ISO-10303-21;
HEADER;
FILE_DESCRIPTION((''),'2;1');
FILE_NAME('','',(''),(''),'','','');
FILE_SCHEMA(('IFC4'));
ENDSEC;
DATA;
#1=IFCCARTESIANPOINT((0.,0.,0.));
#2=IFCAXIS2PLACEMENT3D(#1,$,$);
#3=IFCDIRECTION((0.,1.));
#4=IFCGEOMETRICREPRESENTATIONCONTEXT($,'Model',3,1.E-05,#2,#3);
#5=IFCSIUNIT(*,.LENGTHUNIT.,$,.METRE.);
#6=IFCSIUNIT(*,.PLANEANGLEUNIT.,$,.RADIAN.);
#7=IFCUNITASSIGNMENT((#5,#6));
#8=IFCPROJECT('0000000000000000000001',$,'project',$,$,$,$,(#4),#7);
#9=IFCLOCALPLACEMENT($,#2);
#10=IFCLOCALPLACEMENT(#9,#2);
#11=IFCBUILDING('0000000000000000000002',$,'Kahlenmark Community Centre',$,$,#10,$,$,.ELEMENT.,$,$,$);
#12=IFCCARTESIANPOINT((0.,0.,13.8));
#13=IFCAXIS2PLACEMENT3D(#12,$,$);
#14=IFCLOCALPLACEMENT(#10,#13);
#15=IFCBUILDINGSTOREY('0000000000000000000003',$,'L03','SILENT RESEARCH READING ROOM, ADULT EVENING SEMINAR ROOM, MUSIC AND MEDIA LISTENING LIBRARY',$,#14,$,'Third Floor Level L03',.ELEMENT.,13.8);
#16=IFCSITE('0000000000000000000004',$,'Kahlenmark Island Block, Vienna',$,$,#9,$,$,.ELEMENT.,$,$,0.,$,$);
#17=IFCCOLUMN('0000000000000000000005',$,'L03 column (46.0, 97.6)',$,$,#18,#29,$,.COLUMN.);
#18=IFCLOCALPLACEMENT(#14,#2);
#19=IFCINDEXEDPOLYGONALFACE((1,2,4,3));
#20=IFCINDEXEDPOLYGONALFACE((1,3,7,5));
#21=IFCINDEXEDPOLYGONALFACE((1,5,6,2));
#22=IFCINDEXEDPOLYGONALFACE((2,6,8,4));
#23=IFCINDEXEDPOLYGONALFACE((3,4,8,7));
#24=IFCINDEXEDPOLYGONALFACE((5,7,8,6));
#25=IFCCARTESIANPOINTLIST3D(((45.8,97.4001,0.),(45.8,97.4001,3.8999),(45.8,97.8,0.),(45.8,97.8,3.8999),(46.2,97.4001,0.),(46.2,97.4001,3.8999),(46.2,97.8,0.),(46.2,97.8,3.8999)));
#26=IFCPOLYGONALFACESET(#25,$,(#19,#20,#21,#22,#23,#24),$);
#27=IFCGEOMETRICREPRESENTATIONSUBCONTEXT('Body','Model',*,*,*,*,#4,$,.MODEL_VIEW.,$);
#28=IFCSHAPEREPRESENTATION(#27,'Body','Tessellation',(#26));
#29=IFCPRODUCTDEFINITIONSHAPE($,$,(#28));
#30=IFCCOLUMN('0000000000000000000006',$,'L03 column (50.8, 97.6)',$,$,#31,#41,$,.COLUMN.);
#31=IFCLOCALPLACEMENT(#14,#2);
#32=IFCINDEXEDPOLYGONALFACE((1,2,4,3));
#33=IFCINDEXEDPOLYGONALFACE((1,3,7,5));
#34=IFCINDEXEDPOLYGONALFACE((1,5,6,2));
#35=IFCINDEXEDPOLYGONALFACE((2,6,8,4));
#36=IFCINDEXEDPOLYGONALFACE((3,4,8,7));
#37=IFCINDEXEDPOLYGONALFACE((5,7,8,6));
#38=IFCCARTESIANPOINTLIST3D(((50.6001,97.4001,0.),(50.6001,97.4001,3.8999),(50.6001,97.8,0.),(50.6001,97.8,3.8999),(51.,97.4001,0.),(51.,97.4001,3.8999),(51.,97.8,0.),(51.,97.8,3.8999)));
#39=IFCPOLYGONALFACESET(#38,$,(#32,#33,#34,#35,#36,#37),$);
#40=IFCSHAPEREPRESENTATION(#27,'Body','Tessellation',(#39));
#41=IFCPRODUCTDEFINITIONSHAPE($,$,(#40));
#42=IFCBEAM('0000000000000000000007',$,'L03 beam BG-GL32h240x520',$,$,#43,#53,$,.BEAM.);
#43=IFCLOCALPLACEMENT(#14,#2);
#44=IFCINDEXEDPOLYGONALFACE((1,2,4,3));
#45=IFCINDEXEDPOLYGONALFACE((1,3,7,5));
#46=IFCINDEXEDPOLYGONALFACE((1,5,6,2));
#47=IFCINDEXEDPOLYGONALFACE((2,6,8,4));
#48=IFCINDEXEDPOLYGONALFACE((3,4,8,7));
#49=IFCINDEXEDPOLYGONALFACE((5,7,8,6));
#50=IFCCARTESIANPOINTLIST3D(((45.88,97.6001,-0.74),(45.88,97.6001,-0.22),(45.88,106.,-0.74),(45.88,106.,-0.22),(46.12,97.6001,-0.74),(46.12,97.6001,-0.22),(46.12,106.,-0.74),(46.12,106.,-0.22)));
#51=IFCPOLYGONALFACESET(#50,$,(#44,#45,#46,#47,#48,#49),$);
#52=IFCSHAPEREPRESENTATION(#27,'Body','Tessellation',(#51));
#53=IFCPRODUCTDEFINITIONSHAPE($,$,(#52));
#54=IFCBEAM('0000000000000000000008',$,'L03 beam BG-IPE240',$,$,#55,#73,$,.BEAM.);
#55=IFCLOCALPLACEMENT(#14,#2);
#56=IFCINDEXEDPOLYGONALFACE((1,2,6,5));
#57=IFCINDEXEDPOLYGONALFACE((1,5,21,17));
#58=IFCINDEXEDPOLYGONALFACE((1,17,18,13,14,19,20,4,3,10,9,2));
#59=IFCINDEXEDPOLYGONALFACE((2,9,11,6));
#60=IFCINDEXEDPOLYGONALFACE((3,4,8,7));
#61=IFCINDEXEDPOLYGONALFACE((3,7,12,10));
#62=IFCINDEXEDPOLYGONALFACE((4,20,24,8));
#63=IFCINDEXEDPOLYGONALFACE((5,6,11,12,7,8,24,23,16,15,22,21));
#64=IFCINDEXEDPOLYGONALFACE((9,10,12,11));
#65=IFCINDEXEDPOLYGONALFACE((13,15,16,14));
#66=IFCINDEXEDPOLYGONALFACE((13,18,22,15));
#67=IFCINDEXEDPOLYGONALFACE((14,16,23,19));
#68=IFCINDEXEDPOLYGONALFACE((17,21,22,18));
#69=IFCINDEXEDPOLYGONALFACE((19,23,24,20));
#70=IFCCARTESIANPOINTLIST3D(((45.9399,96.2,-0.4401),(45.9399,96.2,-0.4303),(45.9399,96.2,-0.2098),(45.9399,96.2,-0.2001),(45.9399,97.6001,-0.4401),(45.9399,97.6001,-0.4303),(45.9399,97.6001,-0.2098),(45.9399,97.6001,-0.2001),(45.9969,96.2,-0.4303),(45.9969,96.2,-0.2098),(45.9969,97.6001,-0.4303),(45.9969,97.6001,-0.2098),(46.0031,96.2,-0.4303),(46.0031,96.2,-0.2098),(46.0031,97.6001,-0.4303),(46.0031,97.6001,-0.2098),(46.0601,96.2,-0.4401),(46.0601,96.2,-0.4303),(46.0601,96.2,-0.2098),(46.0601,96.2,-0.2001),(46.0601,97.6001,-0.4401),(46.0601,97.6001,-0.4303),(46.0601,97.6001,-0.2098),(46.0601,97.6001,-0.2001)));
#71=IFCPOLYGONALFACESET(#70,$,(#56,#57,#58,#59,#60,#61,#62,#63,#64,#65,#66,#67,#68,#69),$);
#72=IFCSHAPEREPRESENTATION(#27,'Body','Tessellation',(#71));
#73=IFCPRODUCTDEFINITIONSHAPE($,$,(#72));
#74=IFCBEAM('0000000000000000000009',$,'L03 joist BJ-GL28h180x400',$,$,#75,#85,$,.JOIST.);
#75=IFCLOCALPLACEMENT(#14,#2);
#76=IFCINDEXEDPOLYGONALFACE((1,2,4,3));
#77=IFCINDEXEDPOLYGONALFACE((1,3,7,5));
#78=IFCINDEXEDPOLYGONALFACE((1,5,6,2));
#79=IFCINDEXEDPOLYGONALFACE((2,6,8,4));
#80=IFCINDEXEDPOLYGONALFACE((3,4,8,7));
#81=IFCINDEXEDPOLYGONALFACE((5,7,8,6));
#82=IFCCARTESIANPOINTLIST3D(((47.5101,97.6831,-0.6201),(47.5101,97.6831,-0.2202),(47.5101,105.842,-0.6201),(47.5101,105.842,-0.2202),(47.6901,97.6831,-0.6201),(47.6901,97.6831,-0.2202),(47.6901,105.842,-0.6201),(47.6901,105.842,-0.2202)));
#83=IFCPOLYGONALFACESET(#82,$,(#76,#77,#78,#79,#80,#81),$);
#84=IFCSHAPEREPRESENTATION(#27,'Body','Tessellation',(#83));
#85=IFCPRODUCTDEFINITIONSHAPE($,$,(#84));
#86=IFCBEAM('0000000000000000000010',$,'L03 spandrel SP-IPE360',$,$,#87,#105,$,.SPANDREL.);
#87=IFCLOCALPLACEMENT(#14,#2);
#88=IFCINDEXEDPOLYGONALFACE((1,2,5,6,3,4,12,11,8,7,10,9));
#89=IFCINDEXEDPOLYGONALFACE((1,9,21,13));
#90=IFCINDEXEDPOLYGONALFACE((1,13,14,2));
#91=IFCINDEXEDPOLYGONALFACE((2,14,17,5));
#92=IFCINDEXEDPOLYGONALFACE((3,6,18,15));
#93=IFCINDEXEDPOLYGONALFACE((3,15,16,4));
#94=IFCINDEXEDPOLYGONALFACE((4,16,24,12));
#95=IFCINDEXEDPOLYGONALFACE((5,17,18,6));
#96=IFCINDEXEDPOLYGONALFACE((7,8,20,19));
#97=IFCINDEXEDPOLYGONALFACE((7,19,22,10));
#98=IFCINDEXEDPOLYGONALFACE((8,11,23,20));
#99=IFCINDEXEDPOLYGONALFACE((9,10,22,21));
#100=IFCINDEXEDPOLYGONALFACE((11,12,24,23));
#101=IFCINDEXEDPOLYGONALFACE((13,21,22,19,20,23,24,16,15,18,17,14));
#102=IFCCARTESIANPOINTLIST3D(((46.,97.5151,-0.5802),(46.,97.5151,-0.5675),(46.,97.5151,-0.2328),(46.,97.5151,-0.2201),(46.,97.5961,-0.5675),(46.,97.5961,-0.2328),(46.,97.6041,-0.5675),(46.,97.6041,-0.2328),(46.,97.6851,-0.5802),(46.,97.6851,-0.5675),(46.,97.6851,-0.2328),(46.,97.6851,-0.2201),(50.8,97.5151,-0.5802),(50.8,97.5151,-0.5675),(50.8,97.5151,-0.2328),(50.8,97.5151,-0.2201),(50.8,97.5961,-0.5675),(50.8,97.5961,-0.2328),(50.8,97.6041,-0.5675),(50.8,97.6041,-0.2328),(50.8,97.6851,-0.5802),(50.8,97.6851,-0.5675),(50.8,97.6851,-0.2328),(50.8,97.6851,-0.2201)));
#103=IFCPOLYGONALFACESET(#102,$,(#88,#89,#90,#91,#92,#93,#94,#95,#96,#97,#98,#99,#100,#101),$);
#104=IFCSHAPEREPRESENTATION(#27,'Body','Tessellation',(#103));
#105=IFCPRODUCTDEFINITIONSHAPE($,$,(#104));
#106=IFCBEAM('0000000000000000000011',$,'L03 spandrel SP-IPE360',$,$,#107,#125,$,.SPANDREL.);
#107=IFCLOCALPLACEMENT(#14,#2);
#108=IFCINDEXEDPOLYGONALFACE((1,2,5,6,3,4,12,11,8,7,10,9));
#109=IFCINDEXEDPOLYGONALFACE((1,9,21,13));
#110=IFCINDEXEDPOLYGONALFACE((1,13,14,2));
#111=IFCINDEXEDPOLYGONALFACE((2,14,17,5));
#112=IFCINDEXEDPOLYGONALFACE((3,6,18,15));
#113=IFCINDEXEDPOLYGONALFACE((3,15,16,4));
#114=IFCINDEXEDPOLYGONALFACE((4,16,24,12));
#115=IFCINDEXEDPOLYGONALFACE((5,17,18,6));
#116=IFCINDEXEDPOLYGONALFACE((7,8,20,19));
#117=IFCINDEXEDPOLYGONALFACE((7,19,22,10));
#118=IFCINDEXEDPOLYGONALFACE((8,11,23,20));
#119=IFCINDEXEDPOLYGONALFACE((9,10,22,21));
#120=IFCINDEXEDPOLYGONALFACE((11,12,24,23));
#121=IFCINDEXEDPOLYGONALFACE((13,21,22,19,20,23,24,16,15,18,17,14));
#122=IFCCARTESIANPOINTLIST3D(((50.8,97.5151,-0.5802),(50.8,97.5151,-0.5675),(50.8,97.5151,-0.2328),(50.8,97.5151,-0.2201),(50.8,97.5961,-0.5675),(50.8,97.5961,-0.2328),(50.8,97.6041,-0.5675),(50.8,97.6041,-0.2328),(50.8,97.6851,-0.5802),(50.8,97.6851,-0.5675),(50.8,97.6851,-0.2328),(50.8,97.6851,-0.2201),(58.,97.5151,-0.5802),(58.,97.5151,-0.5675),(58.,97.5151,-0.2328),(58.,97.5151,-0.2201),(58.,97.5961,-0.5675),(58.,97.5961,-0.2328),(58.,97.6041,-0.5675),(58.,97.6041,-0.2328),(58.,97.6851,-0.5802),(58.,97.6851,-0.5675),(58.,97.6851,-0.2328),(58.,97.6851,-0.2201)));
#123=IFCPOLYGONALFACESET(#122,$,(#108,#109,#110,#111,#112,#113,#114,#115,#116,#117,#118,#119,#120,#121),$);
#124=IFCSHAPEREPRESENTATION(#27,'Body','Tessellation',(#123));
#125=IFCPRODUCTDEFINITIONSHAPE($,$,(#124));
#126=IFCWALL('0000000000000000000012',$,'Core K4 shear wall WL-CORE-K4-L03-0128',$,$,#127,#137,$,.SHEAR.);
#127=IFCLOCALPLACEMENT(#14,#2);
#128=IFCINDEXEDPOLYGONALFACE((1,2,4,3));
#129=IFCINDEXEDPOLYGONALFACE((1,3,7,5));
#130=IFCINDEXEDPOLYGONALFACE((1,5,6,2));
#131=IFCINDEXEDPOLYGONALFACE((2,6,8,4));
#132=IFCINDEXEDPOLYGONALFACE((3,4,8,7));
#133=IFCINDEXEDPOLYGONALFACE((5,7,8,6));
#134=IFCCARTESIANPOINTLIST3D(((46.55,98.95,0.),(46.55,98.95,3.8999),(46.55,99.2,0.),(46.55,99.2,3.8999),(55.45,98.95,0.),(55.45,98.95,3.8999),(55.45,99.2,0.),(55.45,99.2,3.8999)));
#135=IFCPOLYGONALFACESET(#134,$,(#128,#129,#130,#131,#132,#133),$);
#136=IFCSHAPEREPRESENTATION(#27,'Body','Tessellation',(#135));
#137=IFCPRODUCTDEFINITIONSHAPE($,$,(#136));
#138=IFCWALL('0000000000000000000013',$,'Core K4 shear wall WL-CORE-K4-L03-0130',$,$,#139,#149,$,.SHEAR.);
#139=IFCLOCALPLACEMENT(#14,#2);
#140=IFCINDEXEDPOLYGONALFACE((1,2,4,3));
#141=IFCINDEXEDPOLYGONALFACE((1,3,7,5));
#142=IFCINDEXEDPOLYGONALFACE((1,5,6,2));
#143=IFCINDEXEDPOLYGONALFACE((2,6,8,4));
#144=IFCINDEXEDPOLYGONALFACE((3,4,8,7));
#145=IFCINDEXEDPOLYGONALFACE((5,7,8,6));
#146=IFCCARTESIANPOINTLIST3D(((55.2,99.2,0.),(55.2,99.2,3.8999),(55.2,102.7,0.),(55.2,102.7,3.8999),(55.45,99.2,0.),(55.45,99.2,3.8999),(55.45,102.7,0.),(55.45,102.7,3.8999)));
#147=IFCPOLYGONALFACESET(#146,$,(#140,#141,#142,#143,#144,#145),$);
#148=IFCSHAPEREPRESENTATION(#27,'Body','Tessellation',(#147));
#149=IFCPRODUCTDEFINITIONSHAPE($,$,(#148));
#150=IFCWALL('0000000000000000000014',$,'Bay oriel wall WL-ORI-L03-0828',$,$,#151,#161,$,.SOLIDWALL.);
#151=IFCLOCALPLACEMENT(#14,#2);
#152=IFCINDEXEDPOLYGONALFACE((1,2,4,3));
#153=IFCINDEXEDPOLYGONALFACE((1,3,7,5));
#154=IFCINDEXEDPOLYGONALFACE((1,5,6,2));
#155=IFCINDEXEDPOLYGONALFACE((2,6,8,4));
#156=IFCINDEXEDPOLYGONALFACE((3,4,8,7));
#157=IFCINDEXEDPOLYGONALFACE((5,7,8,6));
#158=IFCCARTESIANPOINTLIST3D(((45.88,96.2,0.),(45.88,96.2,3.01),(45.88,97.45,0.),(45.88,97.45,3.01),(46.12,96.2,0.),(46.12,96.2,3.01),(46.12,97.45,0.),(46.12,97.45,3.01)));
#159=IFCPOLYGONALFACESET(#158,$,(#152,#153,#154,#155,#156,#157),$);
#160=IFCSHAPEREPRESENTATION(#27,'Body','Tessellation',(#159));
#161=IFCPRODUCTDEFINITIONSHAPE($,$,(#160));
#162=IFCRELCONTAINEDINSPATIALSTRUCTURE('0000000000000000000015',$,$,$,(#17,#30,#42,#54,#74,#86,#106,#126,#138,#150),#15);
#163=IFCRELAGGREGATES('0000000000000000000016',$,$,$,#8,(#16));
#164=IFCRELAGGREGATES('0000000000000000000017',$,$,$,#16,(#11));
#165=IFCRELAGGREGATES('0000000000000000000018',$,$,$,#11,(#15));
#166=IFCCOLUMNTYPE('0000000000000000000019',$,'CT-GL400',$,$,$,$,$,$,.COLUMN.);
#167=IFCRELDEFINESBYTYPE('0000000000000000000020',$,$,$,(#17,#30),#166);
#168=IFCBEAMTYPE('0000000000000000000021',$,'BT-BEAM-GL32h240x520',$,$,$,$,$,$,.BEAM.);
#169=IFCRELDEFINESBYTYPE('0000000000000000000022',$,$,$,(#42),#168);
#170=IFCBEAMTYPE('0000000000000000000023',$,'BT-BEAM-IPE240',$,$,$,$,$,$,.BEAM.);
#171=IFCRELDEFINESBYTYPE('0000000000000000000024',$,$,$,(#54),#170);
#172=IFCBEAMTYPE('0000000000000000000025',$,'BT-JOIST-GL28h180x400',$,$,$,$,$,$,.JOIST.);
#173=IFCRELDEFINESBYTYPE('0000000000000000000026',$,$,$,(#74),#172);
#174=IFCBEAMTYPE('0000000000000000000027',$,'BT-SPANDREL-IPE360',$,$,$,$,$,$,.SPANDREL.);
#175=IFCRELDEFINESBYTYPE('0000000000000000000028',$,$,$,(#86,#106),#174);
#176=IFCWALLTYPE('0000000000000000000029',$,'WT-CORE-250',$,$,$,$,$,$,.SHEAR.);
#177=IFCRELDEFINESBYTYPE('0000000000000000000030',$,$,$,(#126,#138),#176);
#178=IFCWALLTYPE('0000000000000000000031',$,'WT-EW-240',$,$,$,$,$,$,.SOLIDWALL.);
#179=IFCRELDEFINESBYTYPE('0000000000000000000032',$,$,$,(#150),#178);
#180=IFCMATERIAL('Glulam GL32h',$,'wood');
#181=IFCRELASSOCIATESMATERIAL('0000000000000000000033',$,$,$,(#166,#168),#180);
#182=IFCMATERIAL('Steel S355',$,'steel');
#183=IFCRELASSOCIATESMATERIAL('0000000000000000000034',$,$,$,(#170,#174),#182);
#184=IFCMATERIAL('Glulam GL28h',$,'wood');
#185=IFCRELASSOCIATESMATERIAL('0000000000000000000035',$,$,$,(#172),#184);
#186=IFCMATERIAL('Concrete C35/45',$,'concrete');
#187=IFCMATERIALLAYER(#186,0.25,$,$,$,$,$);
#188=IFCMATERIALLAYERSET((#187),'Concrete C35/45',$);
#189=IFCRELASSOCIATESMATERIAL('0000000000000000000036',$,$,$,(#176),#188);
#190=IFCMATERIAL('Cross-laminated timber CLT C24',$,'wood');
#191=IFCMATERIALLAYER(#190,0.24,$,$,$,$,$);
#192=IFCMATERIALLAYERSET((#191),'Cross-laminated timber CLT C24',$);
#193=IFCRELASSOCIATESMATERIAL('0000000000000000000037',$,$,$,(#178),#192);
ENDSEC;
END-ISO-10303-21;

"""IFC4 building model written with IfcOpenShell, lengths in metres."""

from ifc_helpers import new_model, si_unit, direction, frame, frame_2d, origin, origin_2d, place, context, subcontext, project, spatial, rectangle, i_section, extrude, material, layer, layer_set, material_profile, profile_set, type_object, element, save


model = new_model("IFC4")

# Units and contexts
model_context = context("Model", 3, precision=1e-05, world=origin(), true_north=direction((0.0, 1.0)))
body_context = subcontext(model_context, "Body", "Model", "MODEL_VIEW")
ifc_project = project(units=[si_unit("LENGTHUNIT", "METRE"), si_unit("PLANEANGLEUNIT", "RADIAN")], contexts=[model_context])

# Site, building, storey
site_placement = place(None, origin())
site = spatial("IfcSite", under=ifc_project, at=site_placement, Name="Kahlenmark Island Block, Vienna", CompositionType="ELEMENT", RefElevation=0.0)
building_placement = place(site_placement, origin())
building = spatial("IfcBuilding", under=site, at=building_placement, Name="Kahlenmark Community Centre", CompositionType="ELEMENT")
storey_placement = place(building_placement, frame((0.0, 0.0, 13.8)))
storey = spatial("IfcBuildingStorey", under=building, at=storey_placement, Name="L03", Description="SILENT RESEARCH READING ROOM, ADULT EVENING SEMINAR ROOM, MUSIC AND MEDIA LISTENING LIBRARY", LongName="Third Floor Level L03", CompositionType="ELEMENT", Elevation=13.8)

# Columns
ifc_material_1 = material(Name="Glulam GL32h", Category="wood")
ifc_material_profile_1 = material_profile(ifc_material_1, rectangle(XDim=0.3999, YDim=0.3999, at=origin_2d()), Name="GL32h 400x400")
ifc_profile_set_1 = profile_set([ifc_material_profile_1], Name="Glulam GL32h")
column_type = type_object("IfcColumnType", Name="CT-GL400", PredefinedType="COLUMN", material=ifc_profile_set_1)
for number, where, z_axis, x_axis, name in (
    (1, (46.0, 97.6001, 0.0), (0.0, 0.0, 1.0), (1.0, 0.0, 0.0), "L03 column (46.0, 97.6)"),
    (2, (50.8, 97.6001, 0.0), (0.0, 0.0, 1.0), (1.0, 0.0, 0.0), "L03 column (50.8, 97.6)"),
):
    element("IfcColumn", number, at=place(storey_placement, frame(where, z_axis=z_axis, x_axis=x_axis)), inside=storey, type_object=column_type, Name=name, PredefinedType="COLUMN", context=body_context, shape_type="SweptSolid", body=[
        extrude(rectangle(XDim=0.3999, YDim=0.3999, at=origin_2d()), origin(), (0.0, 0.0, 1.0), 3.8999),
    ])

# Beams
ifc_material_profile_2 = material_profile(ifc_material_1, rectangle(XDim=0.24, YDim=0.52, at=origin_2d()), Name="GL32h 240x520")
ifc_profile_set_2 = profile_set([ifc_material_profile_2], Name="Glulam GL32h")
beam_type_1 = type_object("IfcBeamType", Name="BT-BEAM-GL32h240x520", PredefinedType="BEAM", material=ifc_profile_set_2)
beam_1_placement = place(storey_placement, frame((46.0, 97.6001, -0.48), z_axis=(0.0, 1.0, 0.0), x_axis=(-1.0, 0.0, 0.0)))
element("IfcBeam", 3, at=beam_1_placement, inside=storey, type_object=beam_type_1, Name="L03 beam BG-GL32h240x520", PredefinedType="BEAM", context=body_context, shape_type="SweptSolid", body=[
    extrude(rectangle(XDim=0.24, YDim=0.52, at=origin_2d()), origin(), (0.0, 0.0, 1.0), 8.3999),
])
ifc_material_2 = material(Name="Steel S355", Category="steel")
ifc_material_profile_3 = material_profile(ifc_material_2, i_section(OverallWidth=0.1201, OverallDepth=0.24, WebThickness=0.0061, FlangeThickness=0.0098, at=origin_2d()), Name="IPE 240")
ifc_profile_set_3 = profile_set([ifc_material_profile_3], Name="Steel S355")
beam_type_2 = type_object("IfcBeamType", Name="BT-BEAM-IPE240", PredefinedType="BEAM", material=ifc_profile_set_3)
beam_2_placement = place(storey_placement, frame((46.0, 96.2, -0.3201), z_axis=(0.0, 1.0, 0.0), x_axis=(-1.0, 0.0, 0.0)))
element("IfcBeam", 4, at=beam_2_placement, inside=storey, type_object=beam_type_2, Name="L03 beam BG-IPE240", PredefinedType="BEAM", context=body_context, shape_type="SweptSolid", body=[
    extrude(i_section(OverallWidth=0.1201, OverallDepth=0.24, WebThickness=0.0061, FlangeThickness=0.0098, at=origin_2d()), origin(), (0.0, 0.0, 1.0), 1.4001),
])
ifc_material_3 = material(Name="Glulam GL28h", Category="wood")
ifc_material_profile_4 = material_profile(ifc_material_3, rectangle(XDim=0.1799, YDim=0.3999, at=origin_2d()), Name="GL28h 180x400")
ifc_profile_set_4 = profile_set([ifc_material_profile_4], Name="Glulam GL28h")
beam_type_3 = type_object("IfcBeamType", Name="BT-JOIST-GL28h180x400", PredefinedType="JOIST", material=ifc_profile_set_4)
beam_3_placement = place(storey_placement, frame((47.6001, 97.6831, -0.4202), z_axis=(0.0, 1.0, 0.0), x_axis=(-1.0, 0.0, 0.0)))
element("IfcBeam", 5, at=beam_3_placement, inside=storey, type_object=beam_type_3, Name="L03 joist BJ-GL28h180x400", PredefinedType="JOIST", context=body_context, shape_type="SweptSolid", body=[
    extrude(rectangle(XDim=0.1799, YDim=0.3999, at=origin_2d()), origin(), (0.0, 0.0, 1.0), 8.1589),
])
ifc_material_profile_5 = material_profile(ifc_material_2, i_section(OverallWidth=0.1699, OverallDepth=0.3601, WebThickness=0.0081, FlangeThickness=0.0127, at=origin_2d()), Name="IPE 360")
ifc_profile_set_5 = profile_set([ifc_material_profile_5], Name="Steel S355")
beam_type_4 = type_object("IfcBeamType", Name="BT-SPANDREL-IPE360", PredefinedType="SPANDREL", material=ifc_profile_set_5)
beam_4_placement = place(storey_placement, frame((46.0, 97.6001, -0.4001), z_axis=(1.0, 0.0, 0.0), x_axis=(0.0, 1.0, 0.0)))
element("IfcBeam", 6, at=beam_4_placement, inside=storey, type_object=beam_type_4, Name="L03 spandrel SP-IPE360", PredefinedType="SPANDREL", context=body_context, shape_type="SweptSolid", body=[
    extrude(i_section(OverallWidth=0.1699, OverallDepth=0.3601, WebThickness=0.0081, FlangeThickness=0.0127, at=origin_2d()), origin(), (0.0, 0.0, 1.0), 4.8),
])
beam_5_placement = place(storey_placement, frame((50.8, 97.6001, -0.4001), z_axis=(1.0, 0.0, 0.0), x_axis=(0.0, 1.0, 0.0)))
element("IfcBeam", 7, at=beam_5_placement, inside=storey, type_object=beam_type_4, Name="L03 spandrel SP-IPE360", PredefinedType="SPANDREL", context=body_context, shape_type="SweptSolid", body=[
    extrude(i_section(OverallWidth=0.1699, OverallDepth=0.3601, WebThickness=0.0081, FlangeThickness=0.0127, at=origin_2d()), origin(), (0.0, 0.0, 1.0), 7.2),
])

# Walls
ifc_material_4 = material(Name="Concrete C35/45", Category="concrete")
ifc_layer_1 = layer(ifc_material_4, 0.25)
ifc_layer_set_1 = layer_set([ifc_layer_1], Name="Concrete C35/45")
wall_type_1 = type_object("IfcWallType", Name="WT-CORE-250", PredefinedType="SHEAR", material=ifc_layer_set_1)
wall_1_placement = place(storey_placement, frame((46.55, 99.075, 0.0), z_axis=(0.0, 0.0, 1.0), x_axis=(1.0, 0.0, 0.0)))
element("IfcWall", 8, at=wall_1_placement, inside=storey, type_object=wall_type_1, Name="Core K4 shear wall WL-CORE-K4-L03-0128", PredefinedType="SHEAR", context=body_context, shape_type="SweptSolid", body=[
    extrude(rectangle(XDim=8.8999, YDim=0.25, at=frame_2d((4.45, 0.0))), origin(), (0.0, 0.0, 1.0), 3.8999),
])
wall_2_placement = place(storey_placement, frame((55.325, 99.2, 0.0), z_axis=(0.0, 0.0, 1.0), x_axis=(0.0, 1.0, 0.0)))
element("IfcWall", 9, at=wall_2_placement, inside=storey, type_object=wall_type_1, Name="Core K4 shear wall WL-CORE-K4-L03-0130", PredefinedType="SHEAR", context=body_context, shape_type="SweptSolid", body=[
    extrude(rectangle(XDim=3.5, YDim=0.25, at=frame_2d((1.75, 0.0))), origin(), (0.0, 0.0, 1.0), 3.8999),
])
ifc_material_5 = material(Name="Cross-laminated timber CLT C24", Category="wood")
ifc_layer_2 = layer(ifc_material_5, 0.24)
ifc_layer_set_2 = layer_set([ifc_layer_2], Name="Cross-laminated timber CLT C24")
wall_type_2 = type_object("IfcWallType", Name="WT-EW-240", PredefinedType="SOLIDWALL", material=ifc_layer_set_2)
wall_3_placement = place(storey_placement, frame((46.0, 96.2, 0.0), z_axis=(0.0, 0.0, 1.0), x_axis=(0.0, 1.0, 0.0)))
element("IfcWall", 10, at=wall_3_placement, inside=storey, type_object=wall_type_2, Name="Bay oriel wall WL-ORI-L03-0828", PredefinedType="SOLIDWALL", context=body_context, shape_type="SweptSolid", body=[
    extrude(rectangle(XDim=1.25, YDim=0.24, at=frame_2d((0.625, 0.0))), origin(), (0.0, 0.0, 1.0), 3.01),
])

save(model, "model.ifc")
